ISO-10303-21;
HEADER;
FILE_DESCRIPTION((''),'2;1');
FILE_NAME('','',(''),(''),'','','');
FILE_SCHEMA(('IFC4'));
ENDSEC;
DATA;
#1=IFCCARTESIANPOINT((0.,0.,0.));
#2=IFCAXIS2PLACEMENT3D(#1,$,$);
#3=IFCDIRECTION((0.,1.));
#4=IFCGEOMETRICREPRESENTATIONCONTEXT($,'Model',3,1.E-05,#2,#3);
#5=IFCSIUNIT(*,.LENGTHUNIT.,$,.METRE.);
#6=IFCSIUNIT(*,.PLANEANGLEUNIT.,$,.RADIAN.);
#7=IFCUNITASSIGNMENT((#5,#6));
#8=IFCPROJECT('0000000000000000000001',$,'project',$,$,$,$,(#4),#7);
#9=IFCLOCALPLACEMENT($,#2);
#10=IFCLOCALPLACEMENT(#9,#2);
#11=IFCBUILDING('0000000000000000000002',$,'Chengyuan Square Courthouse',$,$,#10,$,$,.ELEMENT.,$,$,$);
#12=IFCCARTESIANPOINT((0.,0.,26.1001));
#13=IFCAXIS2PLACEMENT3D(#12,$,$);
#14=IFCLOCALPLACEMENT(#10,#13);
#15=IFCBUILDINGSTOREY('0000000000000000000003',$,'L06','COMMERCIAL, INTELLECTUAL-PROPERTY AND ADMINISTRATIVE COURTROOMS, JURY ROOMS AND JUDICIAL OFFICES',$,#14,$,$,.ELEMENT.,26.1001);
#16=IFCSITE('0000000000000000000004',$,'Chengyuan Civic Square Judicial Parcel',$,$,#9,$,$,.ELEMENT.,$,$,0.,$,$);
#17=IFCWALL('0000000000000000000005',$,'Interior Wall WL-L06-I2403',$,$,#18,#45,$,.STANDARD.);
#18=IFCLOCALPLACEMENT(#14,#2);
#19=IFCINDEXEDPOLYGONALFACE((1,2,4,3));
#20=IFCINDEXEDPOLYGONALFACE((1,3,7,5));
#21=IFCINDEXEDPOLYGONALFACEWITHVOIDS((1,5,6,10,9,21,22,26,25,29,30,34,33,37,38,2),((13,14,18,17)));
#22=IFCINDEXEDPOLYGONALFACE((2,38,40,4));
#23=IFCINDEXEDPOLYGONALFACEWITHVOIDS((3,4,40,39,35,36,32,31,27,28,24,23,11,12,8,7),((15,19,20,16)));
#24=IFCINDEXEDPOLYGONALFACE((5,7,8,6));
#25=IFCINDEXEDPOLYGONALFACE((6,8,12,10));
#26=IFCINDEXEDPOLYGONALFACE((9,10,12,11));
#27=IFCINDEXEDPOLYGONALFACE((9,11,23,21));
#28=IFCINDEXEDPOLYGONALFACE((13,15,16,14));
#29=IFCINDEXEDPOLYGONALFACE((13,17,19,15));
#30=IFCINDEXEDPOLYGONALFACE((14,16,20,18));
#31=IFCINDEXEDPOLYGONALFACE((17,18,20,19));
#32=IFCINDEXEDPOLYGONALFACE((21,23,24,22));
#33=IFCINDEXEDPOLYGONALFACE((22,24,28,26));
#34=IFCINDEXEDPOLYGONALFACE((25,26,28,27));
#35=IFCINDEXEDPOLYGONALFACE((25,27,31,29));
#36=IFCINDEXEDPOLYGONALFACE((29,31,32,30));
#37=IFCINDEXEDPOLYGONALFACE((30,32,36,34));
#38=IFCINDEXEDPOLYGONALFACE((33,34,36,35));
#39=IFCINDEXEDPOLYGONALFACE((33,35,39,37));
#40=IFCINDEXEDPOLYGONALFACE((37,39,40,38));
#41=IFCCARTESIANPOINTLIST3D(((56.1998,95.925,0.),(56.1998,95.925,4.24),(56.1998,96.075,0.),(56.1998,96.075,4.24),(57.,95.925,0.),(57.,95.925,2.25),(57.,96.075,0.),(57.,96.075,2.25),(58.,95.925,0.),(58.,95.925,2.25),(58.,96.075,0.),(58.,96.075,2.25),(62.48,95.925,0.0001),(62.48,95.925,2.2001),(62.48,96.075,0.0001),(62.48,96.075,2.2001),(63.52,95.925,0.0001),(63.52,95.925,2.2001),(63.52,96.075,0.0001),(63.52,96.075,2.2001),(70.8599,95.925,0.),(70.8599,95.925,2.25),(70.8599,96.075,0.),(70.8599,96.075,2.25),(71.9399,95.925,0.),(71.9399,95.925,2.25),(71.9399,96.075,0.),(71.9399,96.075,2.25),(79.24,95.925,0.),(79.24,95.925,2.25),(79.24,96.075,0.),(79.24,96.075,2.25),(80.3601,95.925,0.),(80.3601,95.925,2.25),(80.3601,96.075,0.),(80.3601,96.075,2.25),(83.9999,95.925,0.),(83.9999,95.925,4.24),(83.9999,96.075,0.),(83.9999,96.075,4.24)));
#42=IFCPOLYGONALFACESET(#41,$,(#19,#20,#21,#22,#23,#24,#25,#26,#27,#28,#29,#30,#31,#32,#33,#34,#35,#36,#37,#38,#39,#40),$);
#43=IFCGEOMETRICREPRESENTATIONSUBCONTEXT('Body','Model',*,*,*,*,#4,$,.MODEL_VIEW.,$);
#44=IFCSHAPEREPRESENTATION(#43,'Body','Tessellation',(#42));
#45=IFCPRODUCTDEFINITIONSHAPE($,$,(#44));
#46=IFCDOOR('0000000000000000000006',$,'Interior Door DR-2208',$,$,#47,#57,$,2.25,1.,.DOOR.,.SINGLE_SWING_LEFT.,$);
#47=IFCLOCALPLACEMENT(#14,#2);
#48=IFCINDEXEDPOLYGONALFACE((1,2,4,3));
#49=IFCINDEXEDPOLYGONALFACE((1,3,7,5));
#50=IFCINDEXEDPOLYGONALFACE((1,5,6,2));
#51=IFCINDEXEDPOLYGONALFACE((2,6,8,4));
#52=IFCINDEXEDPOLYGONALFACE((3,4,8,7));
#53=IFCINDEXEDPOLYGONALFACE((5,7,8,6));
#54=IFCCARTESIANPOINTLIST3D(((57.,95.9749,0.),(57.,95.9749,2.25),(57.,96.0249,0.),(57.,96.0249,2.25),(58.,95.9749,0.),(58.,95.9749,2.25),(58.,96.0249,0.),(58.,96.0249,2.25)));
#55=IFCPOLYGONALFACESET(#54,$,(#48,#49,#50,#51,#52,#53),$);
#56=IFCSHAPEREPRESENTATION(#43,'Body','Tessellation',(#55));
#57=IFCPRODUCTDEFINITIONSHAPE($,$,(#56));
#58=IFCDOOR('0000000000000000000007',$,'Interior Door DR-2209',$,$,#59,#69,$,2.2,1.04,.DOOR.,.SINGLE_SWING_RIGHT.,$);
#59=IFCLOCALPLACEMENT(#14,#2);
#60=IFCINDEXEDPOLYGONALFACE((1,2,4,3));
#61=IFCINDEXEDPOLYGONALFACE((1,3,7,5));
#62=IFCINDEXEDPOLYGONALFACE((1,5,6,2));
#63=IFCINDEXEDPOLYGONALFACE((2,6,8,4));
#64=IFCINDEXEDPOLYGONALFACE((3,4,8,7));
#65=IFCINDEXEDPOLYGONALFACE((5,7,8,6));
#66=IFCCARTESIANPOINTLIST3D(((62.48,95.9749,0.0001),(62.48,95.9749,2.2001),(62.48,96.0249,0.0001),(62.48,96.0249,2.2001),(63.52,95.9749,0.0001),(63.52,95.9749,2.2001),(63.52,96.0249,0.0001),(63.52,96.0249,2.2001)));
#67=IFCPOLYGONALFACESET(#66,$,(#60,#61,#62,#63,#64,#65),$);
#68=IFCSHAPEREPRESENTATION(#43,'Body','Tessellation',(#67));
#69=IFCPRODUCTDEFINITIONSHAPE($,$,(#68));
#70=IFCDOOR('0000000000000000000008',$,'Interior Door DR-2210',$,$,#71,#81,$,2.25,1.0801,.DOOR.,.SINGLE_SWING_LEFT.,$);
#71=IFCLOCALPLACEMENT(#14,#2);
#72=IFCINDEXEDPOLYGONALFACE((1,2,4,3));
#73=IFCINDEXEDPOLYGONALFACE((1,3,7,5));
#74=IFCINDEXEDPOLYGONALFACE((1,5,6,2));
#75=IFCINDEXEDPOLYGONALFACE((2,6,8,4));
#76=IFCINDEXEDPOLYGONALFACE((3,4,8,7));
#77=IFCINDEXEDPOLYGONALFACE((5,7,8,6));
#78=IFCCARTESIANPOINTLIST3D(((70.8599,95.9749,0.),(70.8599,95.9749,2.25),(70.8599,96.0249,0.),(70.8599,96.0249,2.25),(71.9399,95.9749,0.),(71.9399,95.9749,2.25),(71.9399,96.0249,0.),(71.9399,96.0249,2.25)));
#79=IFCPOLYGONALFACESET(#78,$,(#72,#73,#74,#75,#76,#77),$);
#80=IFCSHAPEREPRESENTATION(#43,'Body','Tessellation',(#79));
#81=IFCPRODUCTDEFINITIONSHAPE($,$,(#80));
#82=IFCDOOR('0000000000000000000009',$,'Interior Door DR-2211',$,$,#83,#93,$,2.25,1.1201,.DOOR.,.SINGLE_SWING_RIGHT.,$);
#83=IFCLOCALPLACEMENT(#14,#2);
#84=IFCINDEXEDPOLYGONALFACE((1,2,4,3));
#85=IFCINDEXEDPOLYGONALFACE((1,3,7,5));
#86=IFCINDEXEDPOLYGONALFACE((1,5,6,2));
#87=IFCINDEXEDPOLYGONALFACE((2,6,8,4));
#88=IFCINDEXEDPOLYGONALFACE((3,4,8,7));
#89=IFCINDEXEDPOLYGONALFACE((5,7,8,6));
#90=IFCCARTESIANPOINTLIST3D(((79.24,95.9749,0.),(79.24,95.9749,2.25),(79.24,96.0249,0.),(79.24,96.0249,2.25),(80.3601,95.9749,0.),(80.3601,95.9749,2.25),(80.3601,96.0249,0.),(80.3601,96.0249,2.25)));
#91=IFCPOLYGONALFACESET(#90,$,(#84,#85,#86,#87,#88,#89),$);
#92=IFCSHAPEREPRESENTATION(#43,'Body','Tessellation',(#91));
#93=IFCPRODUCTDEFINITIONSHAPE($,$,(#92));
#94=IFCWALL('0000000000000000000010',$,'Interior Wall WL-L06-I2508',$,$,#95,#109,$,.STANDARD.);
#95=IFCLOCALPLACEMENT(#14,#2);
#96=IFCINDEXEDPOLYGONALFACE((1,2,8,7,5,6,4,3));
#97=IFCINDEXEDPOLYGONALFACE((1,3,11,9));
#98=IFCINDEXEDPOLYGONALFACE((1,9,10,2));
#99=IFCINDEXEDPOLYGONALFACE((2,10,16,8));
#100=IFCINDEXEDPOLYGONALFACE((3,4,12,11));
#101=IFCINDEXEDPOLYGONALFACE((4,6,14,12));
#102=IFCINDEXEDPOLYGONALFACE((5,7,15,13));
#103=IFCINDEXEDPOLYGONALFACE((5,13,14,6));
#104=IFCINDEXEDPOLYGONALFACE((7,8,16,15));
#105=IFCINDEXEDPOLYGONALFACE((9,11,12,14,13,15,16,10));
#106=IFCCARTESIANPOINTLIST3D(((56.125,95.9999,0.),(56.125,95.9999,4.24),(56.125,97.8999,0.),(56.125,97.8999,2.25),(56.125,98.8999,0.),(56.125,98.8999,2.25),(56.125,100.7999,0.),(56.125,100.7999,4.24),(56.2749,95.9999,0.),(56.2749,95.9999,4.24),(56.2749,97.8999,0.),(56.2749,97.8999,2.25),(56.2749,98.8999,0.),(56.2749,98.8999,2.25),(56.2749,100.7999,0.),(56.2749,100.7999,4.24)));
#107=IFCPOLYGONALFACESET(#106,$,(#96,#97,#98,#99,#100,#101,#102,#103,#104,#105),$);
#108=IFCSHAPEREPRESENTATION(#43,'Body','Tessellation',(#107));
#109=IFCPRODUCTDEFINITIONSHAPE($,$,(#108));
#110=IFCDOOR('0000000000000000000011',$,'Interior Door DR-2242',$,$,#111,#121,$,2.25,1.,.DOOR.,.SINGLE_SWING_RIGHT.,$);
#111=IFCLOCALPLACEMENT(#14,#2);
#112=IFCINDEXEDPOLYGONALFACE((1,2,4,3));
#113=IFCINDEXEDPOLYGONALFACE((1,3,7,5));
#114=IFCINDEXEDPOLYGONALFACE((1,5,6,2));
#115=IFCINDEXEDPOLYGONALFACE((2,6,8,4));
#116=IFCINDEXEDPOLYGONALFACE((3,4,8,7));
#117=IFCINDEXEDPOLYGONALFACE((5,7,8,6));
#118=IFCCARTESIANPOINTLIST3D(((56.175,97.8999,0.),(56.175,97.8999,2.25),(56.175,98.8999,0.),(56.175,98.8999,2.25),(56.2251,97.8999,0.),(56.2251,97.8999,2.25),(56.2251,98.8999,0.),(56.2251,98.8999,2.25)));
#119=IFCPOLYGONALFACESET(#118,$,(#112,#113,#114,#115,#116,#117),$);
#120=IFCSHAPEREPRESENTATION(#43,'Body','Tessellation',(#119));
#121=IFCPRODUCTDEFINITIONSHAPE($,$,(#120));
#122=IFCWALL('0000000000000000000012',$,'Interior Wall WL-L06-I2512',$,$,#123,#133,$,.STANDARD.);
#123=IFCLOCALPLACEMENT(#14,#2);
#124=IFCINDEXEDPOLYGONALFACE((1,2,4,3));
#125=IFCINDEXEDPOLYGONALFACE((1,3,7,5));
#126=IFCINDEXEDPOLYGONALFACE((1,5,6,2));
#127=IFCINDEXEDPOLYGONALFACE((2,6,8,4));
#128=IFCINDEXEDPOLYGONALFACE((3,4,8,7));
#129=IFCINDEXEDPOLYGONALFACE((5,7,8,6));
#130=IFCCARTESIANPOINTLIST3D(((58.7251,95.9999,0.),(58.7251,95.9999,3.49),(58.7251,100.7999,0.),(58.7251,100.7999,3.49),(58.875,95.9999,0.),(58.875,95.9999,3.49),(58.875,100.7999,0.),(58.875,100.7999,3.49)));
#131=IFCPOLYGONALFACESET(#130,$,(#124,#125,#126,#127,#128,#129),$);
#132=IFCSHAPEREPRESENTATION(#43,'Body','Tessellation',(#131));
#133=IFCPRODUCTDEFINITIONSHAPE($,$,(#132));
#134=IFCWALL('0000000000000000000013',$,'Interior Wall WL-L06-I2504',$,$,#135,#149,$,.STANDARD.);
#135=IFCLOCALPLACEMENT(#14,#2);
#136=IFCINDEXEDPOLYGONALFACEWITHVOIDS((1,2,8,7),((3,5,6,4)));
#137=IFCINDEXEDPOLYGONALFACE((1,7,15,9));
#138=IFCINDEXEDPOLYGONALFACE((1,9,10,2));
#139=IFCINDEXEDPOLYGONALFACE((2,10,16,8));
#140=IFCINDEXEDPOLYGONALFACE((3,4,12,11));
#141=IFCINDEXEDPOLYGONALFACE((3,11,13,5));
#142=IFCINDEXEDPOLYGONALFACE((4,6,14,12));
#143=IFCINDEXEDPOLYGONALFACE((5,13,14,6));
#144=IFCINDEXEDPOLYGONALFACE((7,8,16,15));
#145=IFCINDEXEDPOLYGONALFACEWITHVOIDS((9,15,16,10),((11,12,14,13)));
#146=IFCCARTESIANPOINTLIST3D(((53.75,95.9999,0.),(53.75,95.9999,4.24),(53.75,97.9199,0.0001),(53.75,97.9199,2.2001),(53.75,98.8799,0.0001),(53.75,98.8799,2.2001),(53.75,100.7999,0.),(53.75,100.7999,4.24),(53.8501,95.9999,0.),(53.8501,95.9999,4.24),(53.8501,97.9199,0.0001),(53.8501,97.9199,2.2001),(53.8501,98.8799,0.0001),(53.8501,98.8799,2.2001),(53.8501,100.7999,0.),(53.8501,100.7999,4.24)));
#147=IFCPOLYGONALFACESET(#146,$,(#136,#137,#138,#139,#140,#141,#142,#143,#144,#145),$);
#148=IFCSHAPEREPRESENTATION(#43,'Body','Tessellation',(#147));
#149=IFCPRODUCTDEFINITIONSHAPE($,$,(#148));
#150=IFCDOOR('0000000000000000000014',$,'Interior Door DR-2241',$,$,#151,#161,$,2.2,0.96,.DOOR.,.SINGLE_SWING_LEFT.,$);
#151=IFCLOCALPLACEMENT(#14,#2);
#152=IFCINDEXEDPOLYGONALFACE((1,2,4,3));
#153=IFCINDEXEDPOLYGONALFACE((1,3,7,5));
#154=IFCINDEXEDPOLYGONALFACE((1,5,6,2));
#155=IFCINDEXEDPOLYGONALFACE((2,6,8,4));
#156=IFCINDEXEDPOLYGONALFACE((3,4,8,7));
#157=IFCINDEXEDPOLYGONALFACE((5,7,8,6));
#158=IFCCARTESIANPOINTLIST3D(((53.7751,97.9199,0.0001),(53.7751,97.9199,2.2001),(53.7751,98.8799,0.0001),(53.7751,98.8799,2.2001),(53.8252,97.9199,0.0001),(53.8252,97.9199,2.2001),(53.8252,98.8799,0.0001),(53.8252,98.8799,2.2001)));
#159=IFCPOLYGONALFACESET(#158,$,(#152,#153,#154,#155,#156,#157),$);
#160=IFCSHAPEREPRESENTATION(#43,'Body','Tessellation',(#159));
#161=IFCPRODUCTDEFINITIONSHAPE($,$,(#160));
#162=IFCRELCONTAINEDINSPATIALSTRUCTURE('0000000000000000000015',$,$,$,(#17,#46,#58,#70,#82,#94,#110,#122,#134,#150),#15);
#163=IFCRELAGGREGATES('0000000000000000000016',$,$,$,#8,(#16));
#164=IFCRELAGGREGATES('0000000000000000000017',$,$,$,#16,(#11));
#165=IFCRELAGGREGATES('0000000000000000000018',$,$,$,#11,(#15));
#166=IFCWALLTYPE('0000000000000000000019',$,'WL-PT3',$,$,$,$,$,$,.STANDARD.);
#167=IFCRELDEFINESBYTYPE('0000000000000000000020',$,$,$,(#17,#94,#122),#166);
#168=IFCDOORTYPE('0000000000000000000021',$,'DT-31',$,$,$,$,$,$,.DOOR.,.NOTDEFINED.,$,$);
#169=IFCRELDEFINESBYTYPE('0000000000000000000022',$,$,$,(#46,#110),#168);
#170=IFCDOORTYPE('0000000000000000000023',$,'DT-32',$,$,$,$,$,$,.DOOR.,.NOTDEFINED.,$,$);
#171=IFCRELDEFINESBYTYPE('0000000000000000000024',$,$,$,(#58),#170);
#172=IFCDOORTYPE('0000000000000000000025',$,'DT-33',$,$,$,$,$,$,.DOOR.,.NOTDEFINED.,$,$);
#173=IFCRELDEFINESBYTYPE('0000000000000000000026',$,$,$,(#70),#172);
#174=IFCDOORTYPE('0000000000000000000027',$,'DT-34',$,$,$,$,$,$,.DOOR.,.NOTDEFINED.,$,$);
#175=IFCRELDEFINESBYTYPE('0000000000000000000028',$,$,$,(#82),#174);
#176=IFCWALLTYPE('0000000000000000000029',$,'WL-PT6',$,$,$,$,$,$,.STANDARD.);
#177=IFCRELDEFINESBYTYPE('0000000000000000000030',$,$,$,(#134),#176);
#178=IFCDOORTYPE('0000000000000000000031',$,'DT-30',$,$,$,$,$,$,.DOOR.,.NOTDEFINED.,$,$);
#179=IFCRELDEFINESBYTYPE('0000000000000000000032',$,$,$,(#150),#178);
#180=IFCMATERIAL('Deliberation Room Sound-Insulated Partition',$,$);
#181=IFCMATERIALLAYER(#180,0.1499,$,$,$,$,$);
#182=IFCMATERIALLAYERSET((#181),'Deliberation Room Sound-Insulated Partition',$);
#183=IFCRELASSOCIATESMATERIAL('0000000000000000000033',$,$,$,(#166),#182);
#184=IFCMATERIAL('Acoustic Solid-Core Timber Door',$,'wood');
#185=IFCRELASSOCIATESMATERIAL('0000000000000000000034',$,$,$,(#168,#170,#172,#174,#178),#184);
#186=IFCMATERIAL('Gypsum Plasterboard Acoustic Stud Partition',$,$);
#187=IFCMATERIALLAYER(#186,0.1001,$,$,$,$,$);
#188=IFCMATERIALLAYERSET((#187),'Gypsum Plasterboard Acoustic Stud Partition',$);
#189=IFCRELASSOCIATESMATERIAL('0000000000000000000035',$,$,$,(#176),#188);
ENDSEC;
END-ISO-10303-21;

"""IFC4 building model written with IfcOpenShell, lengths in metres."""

from ifc_helpers import new_model, si_unit, direction, frame, frame_2d, origin, place, context, subcontext, project, spatial, rectangle, extrude, material, layer, layer_set, type_object, element, fill, save


model = new_model("IFC4")

# Units and contexts
model_context = context("Model", 3, precision=1e-05, world=origin(), true_north=direction((0.0, 1.0)))
body_context = subcontext(model_context, "Body", "Model", "MODEL_VIEW")
ifc_project = project(units=[si_unit("LENGTHUNIT", "METRE"), si_unit("PLANEANGLEUNIT", "RADIAN")], contexts=[model_context])

# Site, building, storey
site_placement = place(None, origin())
site = spatial("IfcSite", under=ifc_project, at=site_placement, Name="Chengyuan Civic Square Judicial Parcel", CompositionType="ELEMENT", RefElevation=0.0)
building_placement = place(site_placement, origin())
building = spatial("IfcBuilding", under=site, at=building_placement, Name="Chengyuan Square Courthouse", CompositionType="ELEMENT")
storey_placement = place(building_placement, frame((0.0, 0.0, 26.1001)))
storey = spatial("IfcBuildingStorey", under=building, at=storey_placement, Name="L06", Description="COMMERCIAL, INTELLECTUAL-PROPERTY AND ADMINISTRATIVE COURTROOMS, JURY ROOMS AND JUDICIAL OFFICES", CompositionType="ELEMENT", Elevation=26.1001)

# Wall, openings, doors
ifc_material_1 = material(Name="Deliberation Room Sound-Insulated Partition")
ifc_layer_1 = layer(ifc_material_1, 0.1499)
ifc_layer_set_1 = layer_set([ifc_layer_1], Name="Deliberation Room Sound-Insulated Partition")
wall_type_1 = type_object("IfcWallType", Name="WL-PT3", PredefinedType="STANDARD", material=ifc_layer_set_1)
wall_1_placement = place(storey_placement, frame((56.2, 96.0, 0.0), z_axis=(0.0, 0.0, 1.0), x_axis=(1.0, 0.0, 0.0)))
wall_1 = element("IfcWall", 1, at=wall_1_placement, inside=storey, type_object=wall_type_1, Name="Interior Wall WL-L06-I2403", PredefinedType="STANDARD", context=body_context, shape_type="SweptSolid", body=[
    extrude(rectangle(XDim=27.8, YDim=0.1499, at=frame_2d((13.8999, 0.0))), origin(), (0.0, 0.0, 1.0), 4.24),
])
opening_1_placement = place(wall_1_placement, frame((0.8, 0.0, 0.0)))
opening_1 = element("IfcOpeningElement", 2, at=opening_1_placement, cuts=wall_1, PredefinedType="OPENING", context=body_context, shape_type="SweptSolid", body=[
    extrude(rectangle(XDim=1.0, YDim=2.25, at=frame_2d((0.5, 1.125))), frame((0.0, 0.0869, 0.0), z_axis=(0.0, -1.0, 0.0), x_axis=(1.0, 0.0, 0.0)), (0.0, 0.0, 1.0), 0.1738),
])
opening_2_placement = place(wall_1_placement, frame((6.28, 0.0, 0.0)))
opening_2 = element("IfcOpeningElement", 3, at=opening_2_placement, cuts=wall_1, PredefinedType="OPENING", context=body_context, shape_type="SweptSolid", body=[
    extrude(rectangle(XDim=1.04, YDim=2.2, at=frame_2d((0.52, 1.1001))), frame((0.0, 0.0869, 0.0), z_axis=(0.0, -1.0, 0.0), x_axis=(1.0, 0.0, 0.0)), (0.0, 0.0, 1.0), 0.1738),
])
opening_3_placement = place(wall_1_placement, frame((14.6599, 0.0, 0.0)))
opening_3 = element("IfcOpeningElement", 4, at=opening_3_placement, cuts=wall_1, PredefinedType="OPENING", context=body_context, shape_type="SweptSolid", body=[
    extrude(rectangle(XDim=1.0801, YDim=2.25, at=frame_2d((0.54, 1.125))), frame((0.0, 0.0869, 0.0), z_axis=(0.0, -1.0, 0.0), x_axis=(1.0, 0.0, 0.0)), (0.0, 0.0, 1.0), 0.1738),
])
opening_4_placement = place(wall_1_placement, frame((23.04, 0.0, 0.0)))
opening_4 = element("IfcOpeningElement", 5, at=opening_4_placement, cuts=wall_1, PredefinedType="OPENING", context=body_context, shape_type="SweptSolid", body=[
    extrude(rectangle(XDim=1.1201, YDim=2.25, at=frame_2d((0.5601, 1.125))), frame((0.0, 0.0869, 0.0), z_axis=(0.0, -1.0, 0.0), x_axis=(1.0, 0.0, 0.0)), (0.0, 0.0, 1.0), 0.1738),
])
ifc_material_2 = material(Name="Acoustic Solid-Core Timber Door", Category="wood")
door_type_1 = type_object("IfcDoorType", Name="DT-31", OperationType="NOTDEFINED", PredefinedType="DOOR", material=ifc_material_2)
door_1_placement = place(opening_1_placement, origin())
door_1 = element("IfcDoor", 6, at=door_1_placement, inside=storey, type_object=door_type_1, Name="Interior Door DR-2208", OperationType="SINGLE_SWING_LEFT", OverallHeight=2.25, OverallWidth=1.0, PredefinedType="DOOR", context=body_context, shape_type="SweptSolid", body=[
    extrude(rectangle(XDim=1.0, YDim=2.25, at=frame_2d((0.5, 1.125))), frame((0.0, 0.0249, 0.0), z_axis=(0.0, -1.0, 0.0), x_axis=(1.0, 0.0, 0.0)), (0.0, 0.0, 1.0), 0.05),
])
fill(opening_1, door_1)
door_type_2 = type_object("IfcDoorType", Name="DT-32", OperationType="NOTDEFINED", PredefinedType="DOOR", material=ifc_material_2)
door_2_placement = place(opening_2_placement, origin())
door_2 = element("IfcDoor", 7, at=door_2_placement, inside=storey, type_object=door_type_2, Name="Interior Door DR-2209", OperationType="SINGLE_SWING_RIGHT", OverallHeight=2.2, OverallWidth=1.04, PredefinedType="DOOR", context=body_context, shape_type="SweptSolid", body=[
    extrude(rectangle(XDim=1.04, YDim=2.2, at=frame_2d((0.52, 1.1001))), frame((0.0, 0.0249, 0.0), z_axis=(0.0, -1.0, 0.0), x_axis=(1.0, 0.0, 0.0)), (0.0, 0.0, 1.0), 0.05),
])
fill(opening_2, door_2)
door_type_3 = type_object("IfcDoorType", Name="DT-33", OperationType="NOTDEFINED", PredefinedType="DOOR", material=ifc_material_2)
door_3_placement = place(opening_3_placement, origin())
door_3 = element("IfcDoor", 8, at=door_3_placement, inside=storey, type_object=door_type_3, Name="Interior Door DR-2210", OperationType="SINGLE_SWING_LEFT", OverallHeight=2.25, OverallWidth=1.0801, PredefinedType="DOOR", context=body_context, shape_type="SweptSolid", body=[
    extrude(rectangle(XDim=1.0801, YDim=2.25, at=frame_2d((0.54, 1.125))), frame((0.0, 0.0249, 0.0), z_axis=(0.0, -1.0, 0.0), x_axis=(1.0, 0.0, 0.0)), (0.0, 0.0, 1.0), 0.05),
])
fill(opening_3, door_3)
door_type_4 = type_object("IfcDoorType", Name="DT-34", OperationType="NOTDEFINED", PredefinedType="DOOR", material=ifc_material_2)
door_4_placement = place(opening_4_placement, origin())
door_4 = element("IfcDoor", 9, at=door_4_placement, inside=storey, type_object=door_type_4, Name="Interior Door DR-2211", OperationType="SINGLE_SWING_RIGHT", OverallHeight=2.25, OverallWidth=1.1201, PredefinedType="DOOR", context=body_context, shape_type="SweptSolid", body=[
    extrude(rectangle(XDim=1.1201, YDim=2.25, at=frame_2d((0.5601, 1.125))), frame((0.0, 0.0249, 0.0), z_axis=(0.0, -1.0, 0.0), x_axis=(1.0, 0.0, 0.0)), (0.0, 0.0, 1.0), 0.05),
])
fill(opening_4, door_4)

# Wall, opening, door
wall_2_placement = place(storey_placement, frame((56.2, 96.0, 0.0), z_axis=(0.0, 0.0, 1.0), x_axis=(0.0, 1.0, 0.0)))
wall_2 = element("IfcWall", 10, at=wall_2_placement, inside=storey, type_object=wall_type_1, Name="Interior Wall WL-L06-I2508", PredefinedType="STANDARD", context=body_context, shape_type="SweptSolid", body=[
    extrude(rectangle(XDim=4.8, YDim=0.1499, at=frame_2d((2.3999, 0.0))), origin(), (0.0, 0.0, 1.0), 4.24),
])
opening_5_placement = place(wall_2_placement, frame((1.8999, 0.0, 0.0)))
opening_5 = element("IfcOpeningElement", 11, at=opening_5_placement, cuts=wall_2, PredefinedType="OPENING", context=body_context, shape_type="SweptSolid", body=[
    extrude(rectangle(XDim=1.0, YDim=2.25, at=frame_2d((0.5, 1.125))), frame((0.0, 0.0869, 0.0), z_axis=(0.0, -1.0, 0.0), x_axis=(1.0, 0.0, 0.0)), (0.0, 0.0, 1.0), 0.1738),
])
door_5_placement = place(opening_5_placement, origin())
door_5 = element("IfcDoor", 12, at=door_5_placement, inside=storey, type_object=door_type_1, Name="Interior Door DR-2242", OperationType="SINGLE_SWING_RIGHT", OverallHeight=2.25, OverallWidth=1.0, PredefinedType="DOOR", context=body_context, shape_type="SweptSolid", body=[
    extrude(rectangle(XDim=1.0, YDim=2.25, at=frame_2d((0.5, 1.125))), frame((0.0, 0.0249, 0.0), z_axis=(0.0, -1.0, 0.0), x_axis=(1.0, 0.0, 0.0)), (0.0, 0.0, 1.0), 0.05),
])
fill(opening_5, door_5)

# Wall
wall_3_placement = place(storey_placement, frame((58.8, 96.0, 0.0), z_axis=(0.0, 0.0, 1.0), x_axis=(0.0, 1.0, 0.0)))
element("IfcWall", 13, at=wall_3_placement, inside=storey, type_object=wall_type_1, Name="Interior Wall WL-L06-I2512", PredefinedType="STANDARD", context=body_context, shape_type="SweptSolid", body=[
    extrude(rectangle(XDim=4.8, YDim=0.1499, at=frame_2d((2.3999, 0.0))), origin(), (0.0, 0.0, 1.0), 3.49),
])

# Wall, opening, door
ifc_material_3 = material(Name="Gypsum Plasterboard Acoustic Stud Partition")
ifc_layer_2 = layer(ifc_material_3, 0.1001)
ifc_layer_set_2 = layer_set([ifc_layer_2], Name="Gypsum Plasterboard Acoustic Stud Partition")
wall_type_2 = type_object("IfcWallType", Name="WL-PT6", PredefinedType="STANDARD", material=ifc_layer_set_2)
wall_4_placement = place(storey_placement, frame((53.8, 96.0, 0.0), z_axis=(0.0, 0.0, 1.0), x_axis=(0.0, 1.0, 0.0)))
wall_4 = element("IfcWall", 14, at=wall_4_placement, inside=storey, type_object=wall_type_2, Name="Interior Wall WL-L06-I2504", PredefinedType="STANDARD", context=body_context, shape_type="SweptSolid", body=[
    extrude(rectangle(XDim=4.8, YDim=0.1001, at=frame_2d((2.3999, 0.0))), origin(), (0.0, 0.0, 1.0), 4.24),
])
opening_6_placement = place(wall_4_placement, frame((1.9199, 0.0, 0.0)))
opening_6 = element("IfcOpeningElement", 15, at=opening_6_placement, cuts=wall_4, PredefinedType="OPENING", context=body_context, shape_type="SweptSolid", body=[
    extrude(rectangle(XDim=0.96, YDim=2.2, at=frame_2d((0.48, 1.1001))), frame((0.0, 0.062, 0.0), z_axis=(0.0, -1.0, 0.0), x_axis=(1.0, 0.0, 0.0)), (0.0, 0.0, 1.0), 0.124),
])
door_type_5 = type_object("IfcDoorType", Name="DT-30", OperationType="NOTDEFINED", PredefinedType="DOOR", material=ifc_material_2)
door_6_placement = place(opening_6_placement, origin())
door_6 = element("IfcDoor", 16, at=door_6_placement, inside=storey, type_object=door_type_5, Name="Interior Door DR-2241", OperationType="SINGLE_SWING_LEFT", OverallHeight=2.2, OverallWidth=0.96, PredefinedType="DOOR", context=body_context, shape_type="SweptSolid", body=[
    extrude(rectangle(XDim=0.96, YDim=2.2, at=frame_2d((0.48, 1.1001))), frame((0.0, 0.0249, 0.0), z_axis=(0.0, -1.0, 0.0), x_axis=(1.0, 0.0, 0.0)), (0.0, 0.0, 1.0), 0.05),
])
fill(opening_6, door_6)

save(model, "model.ifc")
